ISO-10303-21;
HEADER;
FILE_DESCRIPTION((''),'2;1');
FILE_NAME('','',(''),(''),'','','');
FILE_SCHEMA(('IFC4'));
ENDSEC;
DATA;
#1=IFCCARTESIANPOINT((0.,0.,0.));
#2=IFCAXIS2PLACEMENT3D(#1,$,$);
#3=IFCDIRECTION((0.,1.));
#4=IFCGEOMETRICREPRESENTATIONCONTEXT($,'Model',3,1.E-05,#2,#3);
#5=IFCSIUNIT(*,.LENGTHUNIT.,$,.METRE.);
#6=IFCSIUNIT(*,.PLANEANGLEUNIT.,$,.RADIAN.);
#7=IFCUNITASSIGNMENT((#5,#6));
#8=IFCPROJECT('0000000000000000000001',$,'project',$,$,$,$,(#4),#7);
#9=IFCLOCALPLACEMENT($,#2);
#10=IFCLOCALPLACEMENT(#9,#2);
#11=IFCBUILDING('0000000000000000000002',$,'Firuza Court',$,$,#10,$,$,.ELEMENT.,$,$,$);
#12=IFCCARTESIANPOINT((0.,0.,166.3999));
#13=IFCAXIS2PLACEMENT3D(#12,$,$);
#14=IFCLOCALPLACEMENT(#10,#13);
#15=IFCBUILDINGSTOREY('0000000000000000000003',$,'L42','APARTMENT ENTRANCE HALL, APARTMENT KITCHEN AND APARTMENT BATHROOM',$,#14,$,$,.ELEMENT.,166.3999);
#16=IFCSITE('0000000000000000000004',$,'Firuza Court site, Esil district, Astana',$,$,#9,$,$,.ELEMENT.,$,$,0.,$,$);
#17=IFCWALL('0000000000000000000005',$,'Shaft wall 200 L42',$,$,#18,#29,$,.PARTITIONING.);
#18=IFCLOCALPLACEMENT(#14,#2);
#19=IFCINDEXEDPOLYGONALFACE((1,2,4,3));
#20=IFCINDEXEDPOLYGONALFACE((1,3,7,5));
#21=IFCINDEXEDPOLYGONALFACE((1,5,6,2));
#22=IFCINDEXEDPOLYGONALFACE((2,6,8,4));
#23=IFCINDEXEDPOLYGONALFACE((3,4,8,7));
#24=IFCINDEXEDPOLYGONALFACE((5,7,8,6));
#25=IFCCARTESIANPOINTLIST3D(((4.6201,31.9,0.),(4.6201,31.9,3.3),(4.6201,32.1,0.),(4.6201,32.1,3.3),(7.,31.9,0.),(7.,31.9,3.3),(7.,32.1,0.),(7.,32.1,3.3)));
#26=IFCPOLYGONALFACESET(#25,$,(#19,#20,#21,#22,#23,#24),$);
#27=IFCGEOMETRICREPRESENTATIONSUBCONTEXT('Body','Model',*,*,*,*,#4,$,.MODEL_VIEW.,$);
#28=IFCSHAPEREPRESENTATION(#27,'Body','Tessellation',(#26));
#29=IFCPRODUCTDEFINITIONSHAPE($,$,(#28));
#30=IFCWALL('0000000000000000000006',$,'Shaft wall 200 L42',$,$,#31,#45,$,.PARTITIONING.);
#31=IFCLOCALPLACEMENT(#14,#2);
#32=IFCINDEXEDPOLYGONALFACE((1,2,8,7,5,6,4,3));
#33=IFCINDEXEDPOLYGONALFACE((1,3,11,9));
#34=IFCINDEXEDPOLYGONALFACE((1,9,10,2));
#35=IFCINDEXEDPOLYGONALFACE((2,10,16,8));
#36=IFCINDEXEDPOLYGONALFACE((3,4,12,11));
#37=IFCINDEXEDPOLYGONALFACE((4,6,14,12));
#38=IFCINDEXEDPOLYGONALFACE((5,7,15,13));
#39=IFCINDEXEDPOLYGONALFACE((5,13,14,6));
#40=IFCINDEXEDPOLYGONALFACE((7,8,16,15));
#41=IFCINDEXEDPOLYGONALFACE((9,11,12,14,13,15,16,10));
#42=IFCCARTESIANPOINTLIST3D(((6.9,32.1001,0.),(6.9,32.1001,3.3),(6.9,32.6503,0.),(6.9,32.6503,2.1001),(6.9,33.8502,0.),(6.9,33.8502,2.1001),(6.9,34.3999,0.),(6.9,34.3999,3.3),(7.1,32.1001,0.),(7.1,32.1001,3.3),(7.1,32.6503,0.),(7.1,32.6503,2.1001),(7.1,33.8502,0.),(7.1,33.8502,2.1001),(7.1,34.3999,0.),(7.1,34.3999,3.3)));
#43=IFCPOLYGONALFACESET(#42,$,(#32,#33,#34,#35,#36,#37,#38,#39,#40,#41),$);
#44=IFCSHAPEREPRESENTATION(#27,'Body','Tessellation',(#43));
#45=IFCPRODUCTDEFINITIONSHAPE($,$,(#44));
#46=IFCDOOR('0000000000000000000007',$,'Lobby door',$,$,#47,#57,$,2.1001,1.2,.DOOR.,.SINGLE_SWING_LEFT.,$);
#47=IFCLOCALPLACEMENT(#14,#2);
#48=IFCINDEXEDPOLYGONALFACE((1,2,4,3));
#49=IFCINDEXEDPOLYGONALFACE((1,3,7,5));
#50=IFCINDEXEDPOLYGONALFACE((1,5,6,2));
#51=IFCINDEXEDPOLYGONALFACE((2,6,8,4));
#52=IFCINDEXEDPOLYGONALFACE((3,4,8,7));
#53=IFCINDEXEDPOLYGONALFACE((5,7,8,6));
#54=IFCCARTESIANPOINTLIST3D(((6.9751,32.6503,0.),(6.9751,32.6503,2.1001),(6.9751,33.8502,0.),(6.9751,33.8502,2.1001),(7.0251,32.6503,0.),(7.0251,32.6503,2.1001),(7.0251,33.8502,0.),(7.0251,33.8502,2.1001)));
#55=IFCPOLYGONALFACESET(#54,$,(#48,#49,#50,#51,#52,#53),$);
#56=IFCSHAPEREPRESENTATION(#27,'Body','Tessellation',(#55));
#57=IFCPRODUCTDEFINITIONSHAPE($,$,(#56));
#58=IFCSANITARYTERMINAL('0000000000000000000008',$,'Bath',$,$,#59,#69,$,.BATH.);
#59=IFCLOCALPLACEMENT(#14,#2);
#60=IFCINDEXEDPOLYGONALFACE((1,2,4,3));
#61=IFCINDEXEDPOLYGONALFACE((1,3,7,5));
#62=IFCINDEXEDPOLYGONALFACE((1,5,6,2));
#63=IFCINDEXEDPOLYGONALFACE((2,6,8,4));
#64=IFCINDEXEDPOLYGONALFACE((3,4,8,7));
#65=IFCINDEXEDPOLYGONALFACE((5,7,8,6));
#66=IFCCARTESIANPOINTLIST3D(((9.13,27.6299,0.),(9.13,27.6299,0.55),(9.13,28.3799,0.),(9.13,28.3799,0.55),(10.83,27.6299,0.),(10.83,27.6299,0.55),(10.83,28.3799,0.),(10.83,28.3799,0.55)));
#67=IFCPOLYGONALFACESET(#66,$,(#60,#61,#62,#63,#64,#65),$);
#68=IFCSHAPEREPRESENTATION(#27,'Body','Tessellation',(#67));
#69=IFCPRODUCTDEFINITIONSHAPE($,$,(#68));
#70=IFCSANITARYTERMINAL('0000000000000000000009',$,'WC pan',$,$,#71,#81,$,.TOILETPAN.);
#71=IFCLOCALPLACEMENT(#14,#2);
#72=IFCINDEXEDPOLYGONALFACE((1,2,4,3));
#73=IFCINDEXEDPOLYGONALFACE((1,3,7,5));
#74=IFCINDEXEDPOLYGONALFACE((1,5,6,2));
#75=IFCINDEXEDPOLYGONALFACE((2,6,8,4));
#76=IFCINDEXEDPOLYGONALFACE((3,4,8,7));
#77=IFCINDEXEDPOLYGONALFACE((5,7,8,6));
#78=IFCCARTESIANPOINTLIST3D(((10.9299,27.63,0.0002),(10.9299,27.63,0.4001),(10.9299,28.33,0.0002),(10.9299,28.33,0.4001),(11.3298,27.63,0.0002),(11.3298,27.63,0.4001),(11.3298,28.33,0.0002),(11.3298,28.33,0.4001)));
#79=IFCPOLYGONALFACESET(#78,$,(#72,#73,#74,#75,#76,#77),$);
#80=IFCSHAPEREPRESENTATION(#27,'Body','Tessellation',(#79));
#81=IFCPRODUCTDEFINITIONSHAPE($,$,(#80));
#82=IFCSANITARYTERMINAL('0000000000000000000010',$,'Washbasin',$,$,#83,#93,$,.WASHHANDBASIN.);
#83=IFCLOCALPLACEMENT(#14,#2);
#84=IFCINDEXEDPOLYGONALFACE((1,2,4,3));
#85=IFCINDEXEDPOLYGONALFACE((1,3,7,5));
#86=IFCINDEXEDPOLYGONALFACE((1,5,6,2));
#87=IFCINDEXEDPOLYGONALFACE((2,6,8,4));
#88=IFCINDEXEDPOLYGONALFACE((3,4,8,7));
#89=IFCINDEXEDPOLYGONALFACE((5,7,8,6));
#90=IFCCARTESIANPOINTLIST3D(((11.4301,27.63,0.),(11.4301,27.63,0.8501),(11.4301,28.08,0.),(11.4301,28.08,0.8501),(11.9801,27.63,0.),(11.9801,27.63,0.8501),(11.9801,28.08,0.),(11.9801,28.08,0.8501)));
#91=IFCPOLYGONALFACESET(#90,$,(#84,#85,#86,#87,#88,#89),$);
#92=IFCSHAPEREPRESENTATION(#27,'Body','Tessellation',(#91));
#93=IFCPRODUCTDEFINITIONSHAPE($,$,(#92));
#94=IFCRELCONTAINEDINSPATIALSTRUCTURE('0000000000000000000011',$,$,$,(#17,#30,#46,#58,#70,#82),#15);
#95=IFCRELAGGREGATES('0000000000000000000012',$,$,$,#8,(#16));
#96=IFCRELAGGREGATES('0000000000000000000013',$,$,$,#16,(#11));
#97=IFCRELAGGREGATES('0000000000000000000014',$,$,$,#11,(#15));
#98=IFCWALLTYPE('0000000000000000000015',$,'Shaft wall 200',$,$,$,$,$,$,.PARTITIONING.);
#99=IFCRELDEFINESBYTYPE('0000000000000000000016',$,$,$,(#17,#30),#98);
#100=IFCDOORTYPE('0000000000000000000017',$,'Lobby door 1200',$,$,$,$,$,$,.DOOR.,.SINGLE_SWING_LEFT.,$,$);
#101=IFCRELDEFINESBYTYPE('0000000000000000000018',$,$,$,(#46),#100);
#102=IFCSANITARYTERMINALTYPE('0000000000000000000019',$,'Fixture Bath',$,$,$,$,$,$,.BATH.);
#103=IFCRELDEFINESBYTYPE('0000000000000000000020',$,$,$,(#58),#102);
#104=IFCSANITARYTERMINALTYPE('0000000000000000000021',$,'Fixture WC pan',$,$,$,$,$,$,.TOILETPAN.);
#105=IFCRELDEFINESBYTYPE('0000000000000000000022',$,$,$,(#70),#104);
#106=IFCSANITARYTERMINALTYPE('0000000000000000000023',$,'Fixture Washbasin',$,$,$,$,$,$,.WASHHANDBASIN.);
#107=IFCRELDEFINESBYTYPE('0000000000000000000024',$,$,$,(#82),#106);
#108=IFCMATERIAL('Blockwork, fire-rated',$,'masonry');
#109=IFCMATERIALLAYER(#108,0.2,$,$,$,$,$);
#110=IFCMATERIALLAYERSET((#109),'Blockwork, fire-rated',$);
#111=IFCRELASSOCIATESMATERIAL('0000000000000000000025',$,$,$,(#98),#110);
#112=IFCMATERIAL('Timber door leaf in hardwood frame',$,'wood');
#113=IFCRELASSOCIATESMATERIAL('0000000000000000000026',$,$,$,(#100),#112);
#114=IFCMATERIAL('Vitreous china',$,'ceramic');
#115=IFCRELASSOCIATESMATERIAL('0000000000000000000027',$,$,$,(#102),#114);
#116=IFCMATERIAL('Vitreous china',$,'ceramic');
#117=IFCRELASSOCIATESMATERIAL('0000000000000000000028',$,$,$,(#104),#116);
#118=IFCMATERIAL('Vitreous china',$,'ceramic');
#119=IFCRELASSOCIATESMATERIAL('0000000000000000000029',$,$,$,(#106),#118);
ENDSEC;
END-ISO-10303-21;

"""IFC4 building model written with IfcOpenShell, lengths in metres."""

from ifc_helpers import new_model, si_unit, direction, frame, frame_2d, origin, origin_2d, place, context, subcontext, project, spatial, rectangle, extrude, material, layer, layer_set, type_object, element, fill, save


model = new_model("IFC4")

# Units and contexts
model_context = context("Model", 3, precision=1e-05, world=origin(), true_north=direction((0.0, 1.0)))
body_context = subcontext(model_context, "Body", "Model", "MODEL_VIEW")
ifc_project = project(units=[si_unit("LENGTHUNIT", "METRE"), si_unit("PLANEANGLEUNIT", "RADIAN")], contexts=[model_context])

# Site, building, storey
site_placement = place(None, origin())
site = spatial("IfcSite", under=ifc_project, at=site_placement, Name="Firuza Court site, Esil district, Astana", CompositionType="ELEMENT", RefElevation=0.0)
building_placement = place(site_placement, origin())
building = spatial("IfcBuilding", under=site, at=building_placement, Name="Firuza Court", CompositionType="ELEMENT")
storey_placement = place(building_placement, frame((0.0, 0.0, 166.3999)))
storey = spatial("IfcBuildingStorey", under=building, at=storey_placement, Name="L42", Description="APARTMENT ENTRANCE HALL, APARTMENT KITCHEN AND APARTMENT BATHROOM", CompositionType="ELEMENT", Elevation=166.3999)

# Shared definitions
ifc_material_1 = material(Name="Blockwork, fire-rated", Category="masonry")
ifc_layer_1 = layer(ifc_material_1, 0.2)
ifc_layer_set_1 = layer_set([ifc_layer_1], Name="Blockwork, fire-rated")
wall_type_1 = type_object("IfcWallType", Name="Shaft wall 200", PredefinedType="PARTITIONING", material=ifc_layer_set_1)

# Shared definitions
ifc_material_2 = material(Name="Timber door leaf in hardwood frame", Category="wood")
door_type_1 = type_object("IfcDoorType", Name="Lobby door 1200", OperationType="SINGLE_SWING_LEFT", PredefinedType="DOOR", material=ifc_material_2)

# Wall
wall_1_placement = place(storey_placement, frame((4.6201, 32.0, 0.0), z_axis=(0.0, 0.0, 1.0), x_axis=(1.0, 0.0, 0.0)))
element("IfcWall", 1, at=wall_1_placement, inside=storey, type_object=wall_type_1, Name="Shaft wall 200 L42", PredefinedType="PARTITIONING", context=body_context, shape_type="SweptSolid", body=[
    extrude(rectangle(XDim=2.3799, YDim=0.2, at=frame_2d((1.1899, 0.0))), origin(), (0.0, 0.0, 1.0), 3.3),
])

# Wall, opening, door
wall_2_placement = place(storey_placement, frame((7.0, 32.1001, 0.0), z_axis=(0.0, 0.0, 1.0), x_axis=(0.0, 1.0, 0.0)))
wall_2 = element("IfcWall", 2, at=wall_2_placement, inside=storey, type_object=wall_type_1, Name="Shaft wall 200 L42", PredefinedType="PARTITIONING", context=body_context, shape_type="SweptSolid", body=[
    extrude(rectangle(XDim=2.2998, YDim=0.2, at=frame_2d((1.1499, 0.0))), origin(), (0.0, 0.0, 1.0), 3.3),
])
opening_1_placement = place(wall_2_placement, frame((0.55, 0.0, 0.0)))
opening_1 = element("IfcOpeningElement", 3, at=opening_1_placement, cuts=wall_2, PredefinedType="OPENING", context=body_context, shape_type="SweptSolid", body=[
    extrude(rectangle(XDim=1.2, YDim=2.1001, at=frame_2d((0.6001, 1.05))), frame((0.0, 0.1118, 0.0), z_axis=(0.0, -1.0, 0.0), x_axis=(1.0, 0.0, 0.0)), (0.0, 0.0, 1.0), 0.2239),
])
door_1_placement = place(opening_1_placement, origin())
door_1 = element("IfcDoor", 4, at=door_1_placement, inside=storey, type_object=door_type_1, Name="Lobby door", OperationType="SINGLE_SWING_LEFT", OverallHeight=2.1001, OverallWidth=1.2, PredefinedType="DOOR", context=body_context, shape_type="SweptSolid", body=[
    extrude(rectangle(XDim=1.2, YDim=2.1001, at=frame_2d((0.6001, 1.05))), frame((0.0, 0.0249, 0.0), z_axis=(0.0, -1.0, 0.0), x_axis=(1.0, 0.0, 0.0)), (0.0, 0.0, 1.0), 0.05),
])
fill(opening_1, door_1)

# Sanitary terminals
ifc_material_3 = material(Name="Vitreous china", Category="ceramic")
sanitary_terminal_type_1 = type_object("IfcSanitaryTerminalType", Name="Fixture Bath", PredefinedType="BATH", material=ifc_material_3)
sanitary_terminal_1_placement = place(storey_placement, frame((9.98, 28.0049, 0.0), z_axis=(0.0, 0.0, 1.0), x_axis=(1.0, 0.0, 0.0)))
element("IfcSanitaryTerminal", 5, at=sanitary_terminal_1_placement, inside=storey, type_object=sanitary_terminal_type_1, Name="Bath", PredefinedType="BATH", context=body_context, shape_type="SweptSolid", body=[
    extrude(rectangle(XDim=1.7, YDim=0.75, at=origin_2d()), origin(), (0.0, 0.0, 1.0), 0.55),
])
ifc_material_4 = material(Name="Vitreous china", Category="ceramic")
sanitary_terminal_type_2 = type_object("IfcSanitaryTerminalType", Name="Fixture WC pan", PredefinedType="TOILETPAN", material=ifc_material_4)
sanitary_terminal_2_placement = place(storey_placement, frame((11.1299, 27.98, 0.0002), z_axis=(0.0, 0.0, 1.0), x_axis=(1.0, 0.0, 0.0)))
element("IfcSanitaryTerminal", 6, at=sanitary_terminal_2_placement, inside=storey, type_object=sanitary_terminal_type_2, Name="WC pan", PredefinedType="TOILETPAN", context=body_context, shape_type="SweptSolid", body=[
    extrude(rectangle(XDim=0.3999, YDim=0.7, at=origin_2d()), origin(), (0.0, 0.0, 1.0), 0.3999),
])
ifc_material_5 = material(Name="Vitreous china", Category="ceramic")
sanitary_terminal_type_3 = type_object("IfcSanitaryTerminalType", Name="Fixture Washbasin", PredefinedType="WASHHANDBASIN", material=ifc_material_5)
sanitary_terminal_3_placement = place(storey_placement, frame((11.7051, 27.855, 0.0), z_axis=(0.0, 0.0, 1.0), x_axis=(1.0, 0.0, 0.0)))
element("IfcSanitaryTerminal", 7, at=sanitary_terminal_3_placement, inside=storey, type_object=sanitary_terminal_type_3, Name="Washbasin", PredefinedType="WASHHANDBASIN", context=body_context, shape_type="SweptSolid", body=[
    extrude(rectangle(XDim=0.55, YDim=0.45, at=origin_2d()), origin(), (0.0, 0.0, 1.0), 0.8501),
])

save(model, "model.ifc")
